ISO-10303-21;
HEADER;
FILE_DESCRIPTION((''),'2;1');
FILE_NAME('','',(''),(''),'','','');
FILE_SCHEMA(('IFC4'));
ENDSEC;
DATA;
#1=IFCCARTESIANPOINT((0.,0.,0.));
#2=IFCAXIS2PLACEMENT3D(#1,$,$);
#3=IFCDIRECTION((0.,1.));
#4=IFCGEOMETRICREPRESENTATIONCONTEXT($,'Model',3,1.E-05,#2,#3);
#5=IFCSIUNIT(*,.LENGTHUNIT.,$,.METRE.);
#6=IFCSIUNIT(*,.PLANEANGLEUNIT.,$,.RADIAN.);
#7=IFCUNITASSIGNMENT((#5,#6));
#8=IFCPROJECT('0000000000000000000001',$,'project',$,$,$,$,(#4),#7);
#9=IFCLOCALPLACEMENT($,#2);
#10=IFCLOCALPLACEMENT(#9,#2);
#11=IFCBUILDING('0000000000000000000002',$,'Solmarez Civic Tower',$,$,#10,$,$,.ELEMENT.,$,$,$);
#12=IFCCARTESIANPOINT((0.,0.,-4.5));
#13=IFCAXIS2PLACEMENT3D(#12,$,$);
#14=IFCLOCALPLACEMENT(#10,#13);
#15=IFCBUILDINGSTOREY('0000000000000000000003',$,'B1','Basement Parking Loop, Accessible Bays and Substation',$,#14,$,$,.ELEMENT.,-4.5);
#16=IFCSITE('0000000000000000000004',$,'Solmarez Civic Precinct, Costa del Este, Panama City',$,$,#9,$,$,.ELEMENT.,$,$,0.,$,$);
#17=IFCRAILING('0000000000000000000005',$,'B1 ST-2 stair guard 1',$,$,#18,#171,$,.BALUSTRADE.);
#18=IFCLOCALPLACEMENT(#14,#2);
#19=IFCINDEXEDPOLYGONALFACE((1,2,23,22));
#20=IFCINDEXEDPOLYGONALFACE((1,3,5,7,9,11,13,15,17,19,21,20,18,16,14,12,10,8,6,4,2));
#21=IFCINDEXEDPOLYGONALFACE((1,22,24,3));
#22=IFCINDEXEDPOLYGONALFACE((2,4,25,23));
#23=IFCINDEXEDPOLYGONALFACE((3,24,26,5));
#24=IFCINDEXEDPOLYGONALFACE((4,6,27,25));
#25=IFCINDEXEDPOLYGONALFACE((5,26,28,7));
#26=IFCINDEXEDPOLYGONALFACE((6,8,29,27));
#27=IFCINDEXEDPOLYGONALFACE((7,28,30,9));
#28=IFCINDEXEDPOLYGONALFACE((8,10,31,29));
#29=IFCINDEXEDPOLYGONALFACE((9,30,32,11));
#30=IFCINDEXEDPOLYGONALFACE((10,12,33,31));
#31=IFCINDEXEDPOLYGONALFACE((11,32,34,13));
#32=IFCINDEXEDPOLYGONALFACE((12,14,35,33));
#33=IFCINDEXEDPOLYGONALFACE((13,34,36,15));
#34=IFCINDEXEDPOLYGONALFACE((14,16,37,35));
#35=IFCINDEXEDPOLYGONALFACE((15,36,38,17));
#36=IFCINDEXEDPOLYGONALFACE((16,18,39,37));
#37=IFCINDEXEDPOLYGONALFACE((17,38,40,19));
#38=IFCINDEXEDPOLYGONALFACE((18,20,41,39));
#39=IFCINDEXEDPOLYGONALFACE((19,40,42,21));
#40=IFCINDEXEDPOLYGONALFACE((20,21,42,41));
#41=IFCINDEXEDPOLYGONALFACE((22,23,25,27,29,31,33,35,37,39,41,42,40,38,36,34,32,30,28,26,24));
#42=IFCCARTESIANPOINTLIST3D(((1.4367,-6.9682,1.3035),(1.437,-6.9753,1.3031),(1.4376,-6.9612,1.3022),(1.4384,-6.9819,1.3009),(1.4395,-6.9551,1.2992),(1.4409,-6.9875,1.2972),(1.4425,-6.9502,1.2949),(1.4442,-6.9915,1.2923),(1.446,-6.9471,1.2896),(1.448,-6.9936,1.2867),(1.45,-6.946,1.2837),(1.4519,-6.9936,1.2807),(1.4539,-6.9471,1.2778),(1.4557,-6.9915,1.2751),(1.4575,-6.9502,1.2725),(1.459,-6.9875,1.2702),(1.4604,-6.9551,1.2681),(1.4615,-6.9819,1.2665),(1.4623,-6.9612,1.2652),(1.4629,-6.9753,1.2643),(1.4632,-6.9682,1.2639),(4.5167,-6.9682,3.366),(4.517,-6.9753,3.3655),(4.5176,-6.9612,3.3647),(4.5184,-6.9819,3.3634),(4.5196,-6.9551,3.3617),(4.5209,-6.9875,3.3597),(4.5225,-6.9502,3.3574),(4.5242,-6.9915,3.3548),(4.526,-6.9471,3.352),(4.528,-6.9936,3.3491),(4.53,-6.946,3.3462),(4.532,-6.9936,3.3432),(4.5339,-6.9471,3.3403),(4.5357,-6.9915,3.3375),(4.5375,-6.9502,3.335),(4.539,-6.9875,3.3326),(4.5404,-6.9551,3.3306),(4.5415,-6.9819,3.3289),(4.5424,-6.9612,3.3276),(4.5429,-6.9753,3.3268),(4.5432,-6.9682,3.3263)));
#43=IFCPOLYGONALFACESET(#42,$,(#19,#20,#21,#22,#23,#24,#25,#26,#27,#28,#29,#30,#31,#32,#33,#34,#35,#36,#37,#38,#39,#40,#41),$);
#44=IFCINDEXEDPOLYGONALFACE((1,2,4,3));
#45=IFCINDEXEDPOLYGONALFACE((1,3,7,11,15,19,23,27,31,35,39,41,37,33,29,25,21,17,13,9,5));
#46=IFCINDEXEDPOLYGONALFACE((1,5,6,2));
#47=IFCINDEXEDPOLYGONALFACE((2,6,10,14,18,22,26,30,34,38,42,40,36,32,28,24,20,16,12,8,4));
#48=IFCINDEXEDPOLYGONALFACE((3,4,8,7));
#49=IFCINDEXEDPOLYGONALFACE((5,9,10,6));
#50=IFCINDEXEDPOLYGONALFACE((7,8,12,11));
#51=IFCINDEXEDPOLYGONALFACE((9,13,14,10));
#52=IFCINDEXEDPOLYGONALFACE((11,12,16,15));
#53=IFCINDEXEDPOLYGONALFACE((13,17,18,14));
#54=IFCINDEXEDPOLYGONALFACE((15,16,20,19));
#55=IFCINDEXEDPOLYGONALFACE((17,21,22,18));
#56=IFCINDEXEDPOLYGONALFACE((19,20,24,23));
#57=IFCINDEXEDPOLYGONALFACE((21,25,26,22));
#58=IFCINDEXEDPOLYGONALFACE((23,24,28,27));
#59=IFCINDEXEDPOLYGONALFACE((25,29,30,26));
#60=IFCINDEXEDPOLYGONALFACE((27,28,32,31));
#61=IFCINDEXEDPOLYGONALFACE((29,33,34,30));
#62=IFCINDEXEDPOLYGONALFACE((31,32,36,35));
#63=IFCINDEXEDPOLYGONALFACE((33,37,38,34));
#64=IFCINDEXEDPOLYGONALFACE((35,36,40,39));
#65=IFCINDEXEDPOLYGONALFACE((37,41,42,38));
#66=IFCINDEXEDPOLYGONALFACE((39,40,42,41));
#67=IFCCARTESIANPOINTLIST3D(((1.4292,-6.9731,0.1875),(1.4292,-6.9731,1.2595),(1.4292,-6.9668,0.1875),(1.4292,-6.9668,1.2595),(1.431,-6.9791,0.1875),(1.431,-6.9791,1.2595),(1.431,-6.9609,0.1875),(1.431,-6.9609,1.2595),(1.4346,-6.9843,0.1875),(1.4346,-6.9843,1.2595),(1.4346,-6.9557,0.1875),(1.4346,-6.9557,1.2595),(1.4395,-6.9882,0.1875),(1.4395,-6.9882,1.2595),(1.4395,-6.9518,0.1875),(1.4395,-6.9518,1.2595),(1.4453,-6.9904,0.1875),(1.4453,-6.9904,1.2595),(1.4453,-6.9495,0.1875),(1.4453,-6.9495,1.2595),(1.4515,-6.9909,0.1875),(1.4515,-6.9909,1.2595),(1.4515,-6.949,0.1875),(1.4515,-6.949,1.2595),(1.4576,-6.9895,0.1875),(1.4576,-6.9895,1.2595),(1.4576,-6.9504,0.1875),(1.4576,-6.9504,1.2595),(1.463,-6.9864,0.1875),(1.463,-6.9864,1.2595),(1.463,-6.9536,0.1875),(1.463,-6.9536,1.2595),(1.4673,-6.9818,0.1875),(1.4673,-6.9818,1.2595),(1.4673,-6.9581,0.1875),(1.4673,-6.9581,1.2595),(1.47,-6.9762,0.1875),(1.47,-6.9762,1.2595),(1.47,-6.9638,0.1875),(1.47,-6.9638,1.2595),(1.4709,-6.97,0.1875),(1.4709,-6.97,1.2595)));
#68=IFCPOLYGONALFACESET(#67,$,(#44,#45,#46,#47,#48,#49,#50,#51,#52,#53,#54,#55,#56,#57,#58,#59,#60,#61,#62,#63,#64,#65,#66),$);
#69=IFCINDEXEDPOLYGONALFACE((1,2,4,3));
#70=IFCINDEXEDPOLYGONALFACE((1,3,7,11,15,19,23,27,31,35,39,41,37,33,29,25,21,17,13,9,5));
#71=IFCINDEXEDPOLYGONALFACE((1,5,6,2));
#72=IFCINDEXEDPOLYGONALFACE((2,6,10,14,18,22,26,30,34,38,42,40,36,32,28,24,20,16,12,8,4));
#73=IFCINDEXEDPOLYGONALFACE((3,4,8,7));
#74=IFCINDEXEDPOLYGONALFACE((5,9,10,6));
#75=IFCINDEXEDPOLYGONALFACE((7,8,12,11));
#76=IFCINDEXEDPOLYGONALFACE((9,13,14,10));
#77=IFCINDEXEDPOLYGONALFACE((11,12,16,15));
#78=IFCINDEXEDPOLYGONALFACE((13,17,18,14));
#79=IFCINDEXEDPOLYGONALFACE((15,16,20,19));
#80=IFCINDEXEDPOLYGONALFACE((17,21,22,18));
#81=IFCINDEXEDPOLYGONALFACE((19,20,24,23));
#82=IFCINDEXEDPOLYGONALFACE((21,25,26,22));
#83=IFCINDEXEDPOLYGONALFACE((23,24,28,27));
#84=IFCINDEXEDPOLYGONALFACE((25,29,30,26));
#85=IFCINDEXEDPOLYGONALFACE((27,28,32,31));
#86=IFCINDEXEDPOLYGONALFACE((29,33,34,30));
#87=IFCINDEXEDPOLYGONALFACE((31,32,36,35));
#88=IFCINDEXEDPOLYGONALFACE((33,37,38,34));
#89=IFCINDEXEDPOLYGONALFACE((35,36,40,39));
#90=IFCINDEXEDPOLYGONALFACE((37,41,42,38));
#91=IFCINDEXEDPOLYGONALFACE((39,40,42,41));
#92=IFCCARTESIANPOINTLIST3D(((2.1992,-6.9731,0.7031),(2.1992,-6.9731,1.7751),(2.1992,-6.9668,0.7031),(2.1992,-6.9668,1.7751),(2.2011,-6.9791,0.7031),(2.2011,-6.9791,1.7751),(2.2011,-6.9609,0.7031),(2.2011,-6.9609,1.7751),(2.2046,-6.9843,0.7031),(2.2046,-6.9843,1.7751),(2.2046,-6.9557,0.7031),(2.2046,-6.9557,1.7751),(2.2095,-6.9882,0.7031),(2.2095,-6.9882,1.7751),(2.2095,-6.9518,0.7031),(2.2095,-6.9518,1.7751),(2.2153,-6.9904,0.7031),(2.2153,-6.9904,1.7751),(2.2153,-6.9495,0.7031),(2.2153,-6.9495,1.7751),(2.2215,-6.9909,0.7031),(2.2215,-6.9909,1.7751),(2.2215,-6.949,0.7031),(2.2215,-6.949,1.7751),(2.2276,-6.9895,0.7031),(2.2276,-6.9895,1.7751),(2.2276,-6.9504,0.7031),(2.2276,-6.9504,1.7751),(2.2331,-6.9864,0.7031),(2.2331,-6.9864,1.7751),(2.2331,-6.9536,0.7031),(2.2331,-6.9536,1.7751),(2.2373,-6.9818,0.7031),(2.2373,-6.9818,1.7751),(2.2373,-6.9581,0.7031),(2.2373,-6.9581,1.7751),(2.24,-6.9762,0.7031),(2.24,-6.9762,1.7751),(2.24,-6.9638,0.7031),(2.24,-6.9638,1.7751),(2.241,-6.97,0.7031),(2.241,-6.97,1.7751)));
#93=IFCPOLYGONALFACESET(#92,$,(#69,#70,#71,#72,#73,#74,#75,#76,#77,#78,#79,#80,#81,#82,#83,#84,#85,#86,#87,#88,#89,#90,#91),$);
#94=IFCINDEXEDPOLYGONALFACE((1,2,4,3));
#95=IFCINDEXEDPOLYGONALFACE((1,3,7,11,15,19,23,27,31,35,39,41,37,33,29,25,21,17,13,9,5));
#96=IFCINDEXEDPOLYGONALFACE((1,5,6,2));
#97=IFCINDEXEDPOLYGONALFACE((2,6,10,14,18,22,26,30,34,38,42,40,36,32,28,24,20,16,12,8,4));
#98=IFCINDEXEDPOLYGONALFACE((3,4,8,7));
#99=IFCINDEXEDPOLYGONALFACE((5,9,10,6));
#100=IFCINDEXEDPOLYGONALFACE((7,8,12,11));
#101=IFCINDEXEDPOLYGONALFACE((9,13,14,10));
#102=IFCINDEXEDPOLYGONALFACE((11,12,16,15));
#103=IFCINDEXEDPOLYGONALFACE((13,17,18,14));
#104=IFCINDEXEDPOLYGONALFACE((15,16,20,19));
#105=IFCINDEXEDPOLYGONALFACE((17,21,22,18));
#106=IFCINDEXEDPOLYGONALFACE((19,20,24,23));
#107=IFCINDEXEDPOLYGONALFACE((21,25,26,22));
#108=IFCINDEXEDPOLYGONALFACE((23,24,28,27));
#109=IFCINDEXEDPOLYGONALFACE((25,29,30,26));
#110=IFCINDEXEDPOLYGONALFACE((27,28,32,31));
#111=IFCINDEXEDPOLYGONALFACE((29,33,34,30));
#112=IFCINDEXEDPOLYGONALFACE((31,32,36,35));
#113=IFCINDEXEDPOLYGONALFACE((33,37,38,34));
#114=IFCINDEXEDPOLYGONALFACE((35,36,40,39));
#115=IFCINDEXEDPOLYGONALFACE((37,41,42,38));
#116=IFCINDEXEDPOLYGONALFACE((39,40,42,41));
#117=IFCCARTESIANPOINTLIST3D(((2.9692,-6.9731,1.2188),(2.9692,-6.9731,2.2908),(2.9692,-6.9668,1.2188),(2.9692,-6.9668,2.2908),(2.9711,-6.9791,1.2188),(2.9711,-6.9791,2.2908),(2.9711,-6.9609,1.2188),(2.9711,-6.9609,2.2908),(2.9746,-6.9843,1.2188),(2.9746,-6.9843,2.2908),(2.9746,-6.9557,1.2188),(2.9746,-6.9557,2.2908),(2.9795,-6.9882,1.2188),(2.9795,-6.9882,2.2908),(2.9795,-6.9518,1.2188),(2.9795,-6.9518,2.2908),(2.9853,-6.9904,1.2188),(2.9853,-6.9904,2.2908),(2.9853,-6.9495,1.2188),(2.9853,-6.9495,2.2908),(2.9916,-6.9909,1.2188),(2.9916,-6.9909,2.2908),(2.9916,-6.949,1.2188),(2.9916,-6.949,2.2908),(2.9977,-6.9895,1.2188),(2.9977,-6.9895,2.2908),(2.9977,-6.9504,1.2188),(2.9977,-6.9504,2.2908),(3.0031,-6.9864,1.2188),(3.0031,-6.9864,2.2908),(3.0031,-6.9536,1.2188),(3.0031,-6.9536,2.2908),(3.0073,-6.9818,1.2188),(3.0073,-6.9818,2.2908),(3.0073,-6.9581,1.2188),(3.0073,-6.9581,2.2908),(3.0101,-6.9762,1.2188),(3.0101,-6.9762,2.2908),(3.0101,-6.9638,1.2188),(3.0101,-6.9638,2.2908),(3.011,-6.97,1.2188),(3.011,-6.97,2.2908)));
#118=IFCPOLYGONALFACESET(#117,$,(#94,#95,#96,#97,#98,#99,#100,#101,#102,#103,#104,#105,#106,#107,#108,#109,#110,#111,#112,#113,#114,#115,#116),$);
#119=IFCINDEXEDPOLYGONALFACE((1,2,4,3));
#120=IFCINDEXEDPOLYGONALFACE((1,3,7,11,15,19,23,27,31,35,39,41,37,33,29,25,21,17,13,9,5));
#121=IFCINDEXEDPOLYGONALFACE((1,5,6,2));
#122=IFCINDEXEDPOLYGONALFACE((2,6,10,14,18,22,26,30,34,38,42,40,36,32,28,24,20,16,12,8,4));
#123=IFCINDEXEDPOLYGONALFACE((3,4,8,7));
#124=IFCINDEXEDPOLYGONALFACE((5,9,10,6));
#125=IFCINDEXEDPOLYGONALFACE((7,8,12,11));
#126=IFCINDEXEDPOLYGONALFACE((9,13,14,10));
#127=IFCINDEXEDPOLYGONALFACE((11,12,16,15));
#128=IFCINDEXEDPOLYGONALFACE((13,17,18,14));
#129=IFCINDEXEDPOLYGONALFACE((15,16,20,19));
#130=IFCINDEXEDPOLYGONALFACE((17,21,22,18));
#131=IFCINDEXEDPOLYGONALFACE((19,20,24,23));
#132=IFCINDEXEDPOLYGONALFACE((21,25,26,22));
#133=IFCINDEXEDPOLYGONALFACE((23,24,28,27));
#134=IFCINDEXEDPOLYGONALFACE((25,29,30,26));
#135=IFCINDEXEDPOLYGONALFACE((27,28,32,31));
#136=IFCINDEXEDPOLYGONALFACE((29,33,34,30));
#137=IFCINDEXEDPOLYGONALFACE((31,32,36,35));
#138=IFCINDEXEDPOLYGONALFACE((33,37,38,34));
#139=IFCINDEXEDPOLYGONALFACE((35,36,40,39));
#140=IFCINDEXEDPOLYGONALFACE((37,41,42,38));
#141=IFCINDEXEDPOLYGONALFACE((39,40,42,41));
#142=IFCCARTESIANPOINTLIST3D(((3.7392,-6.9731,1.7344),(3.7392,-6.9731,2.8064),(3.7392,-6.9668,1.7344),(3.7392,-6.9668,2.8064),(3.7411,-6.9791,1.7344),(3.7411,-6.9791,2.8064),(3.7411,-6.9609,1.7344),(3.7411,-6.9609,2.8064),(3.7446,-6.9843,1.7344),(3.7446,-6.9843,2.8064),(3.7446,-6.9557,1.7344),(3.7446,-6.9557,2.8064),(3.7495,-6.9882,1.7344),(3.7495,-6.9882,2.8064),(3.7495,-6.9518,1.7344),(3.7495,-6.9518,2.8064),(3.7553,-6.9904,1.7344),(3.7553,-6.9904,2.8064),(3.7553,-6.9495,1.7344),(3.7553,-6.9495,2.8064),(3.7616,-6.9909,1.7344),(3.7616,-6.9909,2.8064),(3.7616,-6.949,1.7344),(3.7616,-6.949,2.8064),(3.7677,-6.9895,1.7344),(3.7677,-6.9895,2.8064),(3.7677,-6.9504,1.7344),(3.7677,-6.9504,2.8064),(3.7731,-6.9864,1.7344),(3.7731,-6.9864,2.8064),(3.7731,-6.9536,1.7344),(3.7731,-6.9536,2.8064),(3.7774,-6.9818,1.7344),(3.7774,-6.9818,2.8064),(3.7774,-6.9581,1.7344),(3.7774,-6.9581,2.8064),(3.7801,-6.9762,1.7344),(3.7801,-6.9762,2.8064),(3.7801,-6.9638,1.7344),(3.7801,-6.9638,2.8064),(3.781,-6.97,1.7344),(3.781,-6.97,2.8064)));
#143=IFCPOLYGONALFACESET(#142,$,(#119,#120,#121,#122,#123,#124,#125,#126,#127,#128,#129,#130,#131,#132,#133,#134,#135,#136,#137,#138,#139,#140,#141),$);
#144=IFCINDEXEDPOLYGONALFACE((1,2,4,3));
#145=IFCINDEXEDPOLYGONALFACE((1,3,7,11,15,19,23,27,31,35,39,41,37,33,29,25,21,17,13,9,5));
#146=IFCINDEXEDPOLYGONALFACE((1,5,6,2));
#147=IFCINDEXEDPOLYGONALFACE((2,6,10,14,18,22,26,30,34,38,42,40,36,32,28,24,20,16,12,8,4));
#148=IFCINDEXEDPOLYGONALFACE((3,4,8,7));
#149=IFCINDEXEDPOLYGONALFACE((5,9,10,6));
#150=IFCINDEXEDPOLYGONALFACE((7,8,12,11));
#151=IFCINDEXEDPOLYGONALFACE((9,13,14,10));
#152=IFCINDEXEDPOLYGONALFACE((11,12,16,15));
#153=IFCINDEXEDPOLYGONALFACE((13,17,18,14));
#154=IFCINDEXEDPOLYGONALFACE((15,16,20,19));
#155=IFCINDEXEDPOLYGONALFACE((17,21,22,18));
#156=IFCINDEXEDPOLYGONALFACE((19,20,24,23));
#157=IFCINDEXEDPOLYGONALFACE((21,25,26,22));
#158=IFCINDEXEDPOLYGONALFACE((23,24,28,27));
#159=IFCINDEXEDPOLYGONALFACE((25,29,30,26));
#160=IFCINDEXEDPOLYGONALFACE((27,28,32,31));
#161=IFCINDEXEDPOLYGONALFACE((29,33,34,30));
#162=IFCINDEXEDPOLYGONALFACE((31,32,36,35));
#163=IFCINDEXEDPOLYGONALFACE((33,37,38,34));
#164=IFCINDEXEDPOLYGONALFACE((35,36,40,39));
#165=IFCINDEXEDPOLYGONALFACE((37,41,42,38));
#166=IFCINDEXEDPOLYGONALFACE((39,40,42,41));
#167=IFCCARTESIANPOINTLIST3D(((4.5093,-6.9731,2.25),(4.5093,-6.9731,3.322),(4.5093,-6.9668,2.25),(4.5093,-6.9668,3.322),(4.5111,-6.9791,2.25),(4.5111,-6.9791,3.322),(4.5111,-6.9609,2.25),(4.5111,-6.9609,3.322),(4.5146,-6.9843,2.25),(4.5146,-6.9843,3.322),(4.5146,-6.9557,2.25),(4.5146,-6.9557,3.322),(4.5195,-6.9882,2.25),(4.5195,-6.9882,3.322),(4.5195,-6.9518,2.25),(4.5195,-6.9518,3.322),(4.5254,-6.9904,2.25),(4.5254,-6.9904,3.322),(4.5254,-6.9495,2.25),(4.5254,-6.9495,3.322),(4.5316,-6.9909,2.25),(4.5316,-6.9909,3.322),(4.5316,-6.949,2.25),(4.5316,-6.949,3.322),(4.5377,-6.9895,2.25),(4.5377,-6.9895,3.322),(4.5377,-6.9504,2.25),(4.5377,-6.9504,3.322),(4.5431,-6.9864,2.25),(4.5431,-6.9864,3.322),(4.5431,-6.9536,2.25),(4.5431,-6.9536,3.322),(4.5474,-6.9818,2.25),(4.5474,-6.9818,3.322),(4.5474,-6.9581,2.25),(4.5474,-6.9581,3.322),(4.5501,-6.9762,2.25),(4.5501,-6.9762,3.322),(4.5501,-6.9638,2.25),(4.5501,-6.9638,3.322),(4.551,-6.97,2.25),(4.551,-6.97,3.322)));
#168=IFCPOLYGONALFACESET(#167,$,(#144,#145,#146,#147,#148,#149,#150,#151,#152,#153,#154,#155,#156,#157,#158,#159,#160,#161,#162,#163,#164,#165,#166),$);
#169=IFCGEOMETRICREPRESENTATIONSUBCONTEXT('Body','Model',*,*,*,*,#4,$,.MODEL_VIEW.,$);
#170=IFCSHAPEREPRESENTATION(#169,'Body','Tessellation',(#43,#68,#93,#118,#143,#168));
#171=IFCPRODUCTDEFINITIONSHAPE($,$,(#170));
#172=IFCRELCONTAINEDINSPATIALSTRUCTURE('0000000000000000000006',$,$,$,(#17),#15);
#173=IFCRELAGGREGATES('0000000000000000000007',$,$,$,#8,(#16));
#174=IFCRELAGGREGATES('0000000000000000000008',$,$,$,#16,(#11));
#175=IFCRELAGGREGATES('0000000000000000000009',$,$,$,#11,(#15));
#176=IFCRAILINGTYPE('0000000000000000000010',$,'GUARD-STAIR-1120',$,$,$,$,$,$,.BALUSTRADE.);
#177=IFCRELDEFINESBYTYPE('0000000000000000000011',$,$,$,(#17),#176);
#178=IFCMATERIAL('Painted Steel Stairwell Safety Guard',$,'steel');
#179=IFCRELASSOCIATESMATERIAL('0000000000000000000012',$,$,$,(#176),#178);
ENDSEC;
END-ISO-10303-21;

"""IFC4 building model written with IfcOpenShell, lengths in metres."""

from ifc_helpers import new_model, si_unit, direction, frame, origin, origin_2d, place, context, subcontext, project, spatial, circle, extrude, material, type_object, element, save


model = new_model("IFC4")

# Units and contexts
model_context = context("Model", 3, precision=1e-05, world=origin(), true_north=direction((0.0, 1.0)))
body_context = subcontext(model_context, "Body", "Model", "MODEL_VIEW")
ifc_project = project(units=[si_unit("LENGTHUNIT", "METRE"), si_unit("PLANEANGLEUNIT", "RADIAN")], contexts=[model_context])

# Site, building, storey
site_placement = place(None, origin())
site = spatial("IfcSite", under=ifc_project, at=site_placement, Name="Solmarez Civic Precinct, Costa del Este, Panama City", CompositionType="ELEMENT", RefElevation=0.0)
building_placement = place(site_placement, origin())
building = spatial("IfcBuilding", under=site, at=building_placement, Name="Solmarez Civic Tower", CompositionType="ELEMENT")
storey_placement = place(building_placement, frame((0.0, 0.0, -4.5)))
storey = spatial("IfcBuildingStorey", under=building, at=storey_placement, Name="B1", Description="Basement Parking Loop, Accessible Bays and Substation", CompositionType="ELEMENT", Elevation=-4.5)

# Railing
ifc_material_1 = material(Name="Painted Steel Stairwell Safety Guard", Category="steel")
railing_type_1 = type_object("IfcRailingType", Name="GUARD-STAIR-1120", PredefinedType="BALUSTRADE", material=ifc_material_1)
railing_1_placement = place(storey_placement, frame((1.45, -6.97, 0.1875)))
element("IfcRailing", 1, at=railing_1_placement, inside=storey, type_object=railing_type_1, Name="B1 ST-2 stair guard 1", PredefinedType="BALUSTRADE", context=body_context, shape_type="SweptSolid", body=[
    extrude(circle(Radius=0.0239, at=origin_2d()), frame((0.0, 0.0, 1.0962), z_axis=(0.830914, 0.0, 0.556401), x_axis=(0.0, 1.0, 0.0)), (0.0, 0.0, 1.0), 3.7068),
    extrude(circle(Radius=0.021, at=origin_2d()), origin(), (0.0, 0.0, 1.0), 1.072),
    extrude(circle(Radius=0.021, at=origin_2d()), frame((0.77, 0.0, 0.5156)), (0.0, 0.0, 1.0), 1.072),
    extrude(circle(Radius=0.021, at=origin_2d()), frame((1.54, 0.0, 1.0312)), (0.0, 0.0, 1.0), 1.072),
    extrude(circle(Radius=0.021, at=origin_2d()), frame((2.3101, 0.0, 1.5469)), (0.0, 0.0, 1.0), 1.072),
    extrude(circle(Radius=0.021, at=origin_2d()), frame((3.0801, 0.0, 2.0625)), (0.0, 0.0, 1.0), 1.072),
])

save(model, "model.ifc")
